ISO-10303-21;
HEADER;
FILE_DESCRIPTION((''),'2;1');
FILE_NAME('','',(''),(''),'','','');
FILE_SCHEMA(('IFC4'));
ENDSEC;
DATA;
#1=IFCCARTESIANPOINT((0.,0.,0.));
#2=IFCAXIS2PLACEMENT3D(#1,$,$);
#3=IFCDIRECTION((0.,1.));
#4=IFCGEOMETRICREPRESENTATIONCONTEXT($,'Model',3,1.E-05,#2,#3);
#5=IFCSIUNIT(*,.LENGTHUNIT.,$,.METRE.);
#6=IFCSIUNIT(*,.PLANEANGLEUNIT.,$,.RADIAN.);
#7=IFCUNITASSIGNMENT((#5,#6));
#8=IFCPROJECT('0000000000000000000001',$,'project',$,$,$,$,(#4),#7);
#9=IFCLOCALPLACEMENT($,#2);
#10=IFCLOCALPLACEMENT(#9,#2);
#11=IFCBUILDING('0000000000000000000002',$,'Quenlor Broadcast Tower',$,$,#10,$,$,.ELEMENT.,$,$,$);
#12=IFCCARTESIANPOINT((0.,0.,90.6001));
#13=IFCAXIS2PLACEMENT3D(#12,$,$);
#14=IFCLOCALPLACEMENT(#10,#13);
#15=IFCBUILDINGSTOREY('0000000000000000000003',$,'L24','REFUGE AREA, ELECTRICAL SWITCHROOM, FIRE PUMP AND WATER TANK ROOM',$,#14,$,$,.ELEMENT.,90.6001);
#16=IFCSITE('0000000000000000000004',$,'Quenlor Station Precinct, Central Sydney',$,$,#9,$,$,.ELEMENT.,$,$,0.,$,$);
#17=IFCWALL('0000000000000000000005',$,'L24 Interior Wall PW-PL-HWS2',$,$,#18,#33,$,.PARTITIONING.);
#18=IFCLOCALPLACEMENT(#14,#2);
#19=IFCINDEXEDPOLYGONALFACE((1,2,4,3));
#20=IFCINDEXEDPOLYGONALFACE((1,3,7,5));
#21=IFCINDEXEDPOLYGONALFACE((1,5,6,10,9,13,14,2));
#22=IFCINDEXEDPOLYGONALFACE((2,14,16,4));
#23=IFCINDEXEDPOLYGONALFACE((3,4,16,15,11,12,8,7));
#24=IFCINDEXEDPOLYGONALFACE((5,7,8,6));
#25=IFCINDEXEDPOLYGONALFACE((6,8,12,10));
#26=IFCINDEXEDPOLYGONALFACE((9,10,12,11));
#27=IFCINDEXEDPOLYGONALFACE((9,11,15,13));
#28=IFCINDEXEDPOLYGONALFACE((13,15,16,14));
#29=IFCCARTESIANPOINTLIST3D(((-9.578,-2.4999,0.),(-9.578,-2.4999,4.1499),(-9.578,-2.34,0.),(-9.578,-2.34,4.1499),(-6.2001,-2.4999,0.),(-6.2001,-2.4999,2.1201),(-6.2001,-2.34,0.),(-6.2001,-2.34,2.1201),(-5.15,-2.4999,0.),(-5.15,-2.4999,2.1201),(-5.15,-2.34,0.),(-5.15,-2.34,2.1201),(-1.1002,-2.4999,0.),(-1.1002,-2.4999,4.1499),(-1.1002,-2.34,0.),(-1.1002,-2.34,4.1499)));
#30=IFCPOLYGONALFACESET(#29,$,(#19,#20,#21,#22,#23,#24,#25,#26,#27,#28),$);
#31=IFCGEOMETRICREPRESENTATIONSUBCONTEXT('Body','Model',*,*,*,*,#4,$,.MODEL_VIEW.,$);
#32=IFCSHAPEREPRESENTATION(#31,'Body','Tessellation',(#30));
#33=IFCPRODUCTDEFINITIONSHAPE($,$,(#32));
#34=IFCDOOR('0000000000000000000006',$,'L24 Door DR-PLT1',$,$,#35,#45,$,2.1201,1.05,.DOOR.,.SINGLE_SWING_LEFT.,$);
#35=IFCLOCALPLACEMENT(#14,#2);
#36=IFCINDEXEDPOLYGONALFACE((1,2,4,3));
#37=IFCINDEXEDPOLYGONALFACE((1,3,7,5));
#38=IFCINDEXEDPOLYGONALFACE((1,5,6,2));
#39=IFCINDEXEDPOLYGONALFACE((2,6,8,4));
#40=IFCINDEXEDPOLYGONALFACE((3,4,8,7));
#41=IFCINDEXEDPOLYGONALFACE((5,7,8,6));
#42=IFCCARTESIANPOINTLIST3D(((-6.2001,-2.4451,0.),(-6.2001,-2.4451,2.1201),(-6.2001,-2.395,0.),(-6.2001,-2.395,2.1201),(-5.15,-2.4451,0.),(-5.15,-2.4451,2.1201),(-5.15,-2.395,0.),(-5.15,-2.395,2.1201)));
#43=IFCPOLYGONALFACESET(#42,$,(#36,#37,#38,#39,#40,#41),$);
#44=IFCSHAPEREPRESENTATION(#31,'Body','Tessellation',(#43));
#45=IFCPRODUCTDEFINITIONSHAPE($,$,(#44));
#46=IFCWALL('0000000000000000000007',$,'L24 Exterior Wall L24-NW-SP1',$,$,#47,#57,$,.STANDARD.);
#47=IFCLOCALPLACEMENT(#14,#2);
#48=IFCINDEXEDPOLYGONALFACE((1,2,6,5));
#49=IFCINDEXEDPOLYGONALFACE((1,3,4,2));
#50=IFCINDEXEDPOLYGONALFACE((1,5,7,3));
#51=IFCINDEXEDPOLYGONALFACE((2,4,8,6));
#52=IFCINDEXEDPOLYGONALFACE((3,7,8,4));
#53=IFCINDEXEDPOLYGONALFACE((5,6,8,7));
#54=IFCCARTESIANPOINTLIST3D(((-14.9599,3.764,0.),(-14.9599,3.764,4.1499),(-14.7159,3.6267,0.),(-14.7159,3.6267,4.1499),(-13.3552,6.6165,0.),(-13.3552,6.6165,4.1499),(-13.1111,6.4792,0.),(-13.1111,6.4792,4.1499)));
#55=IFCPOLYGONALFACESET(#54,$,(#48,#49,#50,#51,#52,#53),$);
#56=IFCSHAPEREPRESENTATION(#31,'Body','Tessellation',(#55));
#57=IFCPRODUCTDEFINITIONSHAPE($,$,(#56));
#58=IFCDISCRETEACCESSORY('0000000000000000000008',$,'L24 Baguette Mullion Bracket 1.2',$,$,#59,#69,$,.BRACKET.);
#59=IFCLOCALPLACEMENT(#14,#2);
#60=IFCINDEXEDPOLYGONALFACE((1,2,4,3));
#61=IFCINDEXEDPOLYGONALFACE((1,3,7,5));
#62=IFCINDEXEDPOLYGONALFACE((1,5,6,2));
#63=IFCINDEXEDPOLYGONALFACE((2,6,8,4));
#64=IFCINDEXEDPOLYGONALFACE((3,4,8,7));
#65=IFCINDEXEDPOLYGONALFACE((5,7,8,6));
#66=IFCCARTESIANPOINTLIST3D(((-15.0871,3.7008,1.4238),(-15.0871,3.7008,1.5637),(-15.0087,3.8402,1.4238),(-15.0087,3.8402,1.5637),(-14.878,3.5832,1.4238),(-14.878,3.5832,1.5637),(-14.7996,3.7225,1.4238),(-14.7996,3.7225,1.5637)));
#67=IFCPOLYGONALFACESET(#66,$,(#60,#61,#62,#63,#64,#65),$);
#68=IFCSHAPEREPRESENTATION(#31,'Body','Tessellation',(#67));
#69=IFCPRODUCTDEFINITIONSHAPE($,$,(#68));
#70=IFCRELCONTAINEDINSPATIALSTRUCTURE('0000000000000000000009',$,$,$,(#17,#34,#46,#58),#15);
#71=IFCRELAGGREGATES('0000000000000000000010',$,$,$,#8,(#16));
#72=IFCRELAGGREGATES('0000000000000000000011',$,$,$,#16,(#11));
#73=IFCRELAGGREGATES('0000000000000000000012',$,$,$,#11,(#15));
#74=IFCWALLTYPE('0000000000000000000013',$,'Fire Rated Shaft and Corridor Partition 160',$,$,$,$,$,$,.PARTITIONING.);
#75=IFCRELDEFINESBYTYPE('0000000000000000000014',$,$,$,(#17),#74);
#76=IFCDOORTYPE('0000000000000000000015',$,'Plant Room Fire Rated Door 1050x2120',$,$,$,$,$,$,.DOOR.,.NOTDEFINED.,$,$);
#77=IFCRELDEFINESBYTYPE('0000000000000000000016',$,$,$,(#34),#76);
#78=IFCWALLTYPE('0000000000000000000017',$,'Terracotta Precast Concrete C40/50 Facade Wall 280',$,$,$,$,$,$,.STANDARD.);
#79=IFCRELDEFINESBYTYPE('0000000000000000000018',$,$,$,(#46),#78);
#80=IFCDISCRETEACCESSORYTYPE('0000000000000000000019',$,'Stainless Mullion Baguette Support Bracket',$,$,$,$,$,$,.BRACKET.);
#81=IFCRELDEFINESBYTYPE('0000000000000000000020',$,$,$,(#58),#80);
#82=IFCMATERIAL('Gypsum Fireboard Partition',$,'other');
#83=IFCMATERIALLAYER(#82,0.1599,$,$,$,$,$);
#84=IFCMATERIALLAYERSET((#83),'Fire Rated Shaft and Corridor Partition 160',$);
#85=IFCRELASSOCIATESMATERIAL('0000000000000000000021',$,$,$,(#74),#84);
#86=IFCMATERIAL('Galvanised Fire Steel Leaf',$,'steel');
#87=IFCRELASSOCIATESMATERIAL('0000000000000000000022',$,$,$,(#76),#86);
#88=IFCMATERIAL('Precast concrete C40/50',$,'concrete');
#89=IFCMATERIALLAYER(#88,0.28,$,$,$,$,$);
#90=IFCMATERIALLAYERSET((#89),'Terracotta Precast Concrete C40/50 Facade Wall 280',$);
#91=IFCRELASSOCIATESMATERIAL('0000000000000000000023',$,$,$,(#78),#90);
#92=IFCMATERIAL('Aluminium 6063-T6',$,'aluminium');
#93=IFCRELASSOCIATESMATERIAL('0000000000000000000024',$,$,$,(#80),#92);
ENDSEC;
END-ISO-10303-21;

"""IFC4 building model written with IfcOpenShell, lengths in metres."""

from ifc_helpers import new_model, si_unit, direction, frame, frame_2d, origin, origin_2d, place, context, subcontext, project, spatial, rectangle, extrude, material, layer, layer_set, type_object, element, fill, save


model = new_model("IFC4")

# Units and contexts
model_context = context("Model", 3, precision=1e-05, world=origin(), true_north=direction((0.0, 1.0)))
body_context = subcontext(model_context, "Body", "Model", "MODEL_VIEW")
ifc_project = project(units=[si_unit("LENGTHUNIT", "METRE"), si_unit("PLANEANGLEUNIT", "RADIAN")], contexts=[model_context])

# Site, building, storey
site_placement = place(None, origin())
site = spatial("IfcSite", under=ifc_project, at=site_placement, Name="Quenlor Station Precinct, Central Sydney", CompositionType="ELEMENT", RefElevation=0.0)
building_placement = place(site_placement, origin())
building = spatial("IfcBuilding", under=site, at=building_placement, Name="Quenlor Broadcast Tower", CompositionType="ELEMENT")
storey_placement = place(building_placement, frame((0.0, 0.0, 90.6001)))
storey = spatial("IfcBuildingStorey", under=building, at=storey_placement, Name="L24", Description="REFUGE AREA, ELECTRICAL SWITCHROOM, FIRE PUMP AND WATER TANK ROOM", CompositionType="ELEMENT", Elevation=90.6001)

# Shared definitions
ifc_material_1 = material(Name="Gypsum Fireboard Partition", Category="other")
ifc_layer_1 = layer(ifc_material_1, 0.1599)
ifc_layer_set_1 = layer_set([ifc_layer_1], Name="Fire Rated Shaft and Corridor Partition 160")
wall_type_1 = type_object("IfcWallType", Name="Fire Rated Shaft and Corridor Partition 160", PredefinedType="PARTITIONING", material=ifc_layer_set_1)

# Wall, opening, door
wall_1_placement = place(storey_placement, frame((-9.5779, -2.4199, 0.0), z_axis=(0.0, 0.0, 1.0), x_axis=(1.0, 0.0, 0.0)))
wall_1 = element("IfcWall", 1, at=wall_1_placement, inside=storey, type_object=wall_type_1, Name="L24 Interior Wall PW-PL-HWS2", PredefinedType="PARTITIONING", context=body_context, shape_type="SweptSolid", body=[
    extrude(rectangle(XDim=8.4778, YDim=0.1599, at=frame_2d((4.2388, 0.0))), origin(), (0.0, 0.0, 1.0), 4.1499),
])
opening_1_placement = place(wall_1_placement, frame((3.3779, 0.0, 0.0)))
opening_1 = element("IfcOpeningElement", 2, at=opening_1_placement, cuts=wall_1, PredefinedType="OPENING", context=body_context, shape_type="SweptSolid", body=[
    extrude(rectangle(XDim=1.05, YDim=2.1201, at=frame_2d((0.5249, 1.0601))), frame((0.0, 0.0898, 0.0), z_axis=(0.0, -1.0, 0.0), x_axis=(1.0, 0.0, 0.0)), (0.0, 0.0, 1.0), 0.1799),
])
ifc_material_2 = material(Name="Galvanised Fire Steel Leaf", Category="steel")
door_type_1 = type_object("IfcDoorType", Name="Plant Room Fire Rated Door 1050x2120", OperationType="NOTDEFINED", PredefinedType="DOOR", material=ifc_material_2)
door_1_placement = place(opening_1_placement, origin())
door_1 = element("IfcDoor", 3, at=door_1_placement, inside=storey, type_object=door_type_1, Name="L24 Door DR-PLT1", OperationType="SINGLE_SWING_LEFT", OverallHeight=2.1201, OverallWidth=1.05, PredefinedType="DOOR", context=body_context, shape_type="SweptSolid", body=[
    extrude(rectangle(XDim=1.05, YDim=2.1201, at=frame_2d((0.5249, 1.0601))), frame((0.0, 0.0249, 0.0), z_axis=(0.0, -1.0, 0.0), x_axis=(1.0, 0.0, 0.0)), (0.0, 0.0, 1.0), 0.05),
])
fill(opening_1, door_1)

# Wall
ifc_material_3 = material(Name="Precast concrete C40/50", Category="concrete")
ifc_layer_2 = layer(ifc_material_3, 0.28)
ifc_layer_set_2 = layer_set([ifc_layer_2], Name="Terracotta Precast Concrete C40/50 Facade Wall 280")
wall_type_2 = type_object("IfcWallType", Name="Terracotta Precast Concrete C40/50 Facade Wall 280", PredefinedType="STANDARD", material=ifc_layer_set_2)
wall_2_placement = place(storey_placement, frame((-14.8379, 3.6953, 0.0), z_axis=(0.0, 0.0, 1.0), x_axis=(0.490304, 0.871552, 0.0)))
element("IfcWall", 4, at=wall_2_placement, inside=storey, type_object=wall_type_2, Name="L24 Exterior Wall L24-NW-SP1", PredefinedType="STANDARD", context=body_context, shape_type="SweptSolid", body=[
    extrude(rectangle(XDim=3.2729, YDim=0.28, at=frame_2d((1.6365, 0.0))), origin(), (0.0, 0.0, 1.0), 4.1499),
])

# Discrete accessory
ifc_material_4 = material(Name="Aluminium 6063-T6", Category="aluminium")
discrete_accessory_type = type_object("IfcDiscreteAccessoryType", Name="Stainless Mullion Baguette Support Bracket", PredefinedType="BRACKET", material=ifc_material_4)
discrete_accessory_placement = place(storey_placement, frame((-14.9434, 3.7117, 1.4238), z_axis=(0.0, 0.0, 1.0), x_axis=(0.490259, 0.871577, 0.0)))
element("IfcDiscreteAccessory", 5, at=discrete_accessory_placement, inside=storey, type_object=discrete_accessory_type, Name="L24 Baguette Mullion Bracket 1.2", PredefinedType="BRACKET", context=body_context, shape_type="SweptSolid", body=[
    extrude(rectangle(XDim=0.1599, YDim=0.24, at=origin_2d()), origin(), (0.0, 0.0, 1.0), 0.1399),
])

save(model, "model.ifc")
